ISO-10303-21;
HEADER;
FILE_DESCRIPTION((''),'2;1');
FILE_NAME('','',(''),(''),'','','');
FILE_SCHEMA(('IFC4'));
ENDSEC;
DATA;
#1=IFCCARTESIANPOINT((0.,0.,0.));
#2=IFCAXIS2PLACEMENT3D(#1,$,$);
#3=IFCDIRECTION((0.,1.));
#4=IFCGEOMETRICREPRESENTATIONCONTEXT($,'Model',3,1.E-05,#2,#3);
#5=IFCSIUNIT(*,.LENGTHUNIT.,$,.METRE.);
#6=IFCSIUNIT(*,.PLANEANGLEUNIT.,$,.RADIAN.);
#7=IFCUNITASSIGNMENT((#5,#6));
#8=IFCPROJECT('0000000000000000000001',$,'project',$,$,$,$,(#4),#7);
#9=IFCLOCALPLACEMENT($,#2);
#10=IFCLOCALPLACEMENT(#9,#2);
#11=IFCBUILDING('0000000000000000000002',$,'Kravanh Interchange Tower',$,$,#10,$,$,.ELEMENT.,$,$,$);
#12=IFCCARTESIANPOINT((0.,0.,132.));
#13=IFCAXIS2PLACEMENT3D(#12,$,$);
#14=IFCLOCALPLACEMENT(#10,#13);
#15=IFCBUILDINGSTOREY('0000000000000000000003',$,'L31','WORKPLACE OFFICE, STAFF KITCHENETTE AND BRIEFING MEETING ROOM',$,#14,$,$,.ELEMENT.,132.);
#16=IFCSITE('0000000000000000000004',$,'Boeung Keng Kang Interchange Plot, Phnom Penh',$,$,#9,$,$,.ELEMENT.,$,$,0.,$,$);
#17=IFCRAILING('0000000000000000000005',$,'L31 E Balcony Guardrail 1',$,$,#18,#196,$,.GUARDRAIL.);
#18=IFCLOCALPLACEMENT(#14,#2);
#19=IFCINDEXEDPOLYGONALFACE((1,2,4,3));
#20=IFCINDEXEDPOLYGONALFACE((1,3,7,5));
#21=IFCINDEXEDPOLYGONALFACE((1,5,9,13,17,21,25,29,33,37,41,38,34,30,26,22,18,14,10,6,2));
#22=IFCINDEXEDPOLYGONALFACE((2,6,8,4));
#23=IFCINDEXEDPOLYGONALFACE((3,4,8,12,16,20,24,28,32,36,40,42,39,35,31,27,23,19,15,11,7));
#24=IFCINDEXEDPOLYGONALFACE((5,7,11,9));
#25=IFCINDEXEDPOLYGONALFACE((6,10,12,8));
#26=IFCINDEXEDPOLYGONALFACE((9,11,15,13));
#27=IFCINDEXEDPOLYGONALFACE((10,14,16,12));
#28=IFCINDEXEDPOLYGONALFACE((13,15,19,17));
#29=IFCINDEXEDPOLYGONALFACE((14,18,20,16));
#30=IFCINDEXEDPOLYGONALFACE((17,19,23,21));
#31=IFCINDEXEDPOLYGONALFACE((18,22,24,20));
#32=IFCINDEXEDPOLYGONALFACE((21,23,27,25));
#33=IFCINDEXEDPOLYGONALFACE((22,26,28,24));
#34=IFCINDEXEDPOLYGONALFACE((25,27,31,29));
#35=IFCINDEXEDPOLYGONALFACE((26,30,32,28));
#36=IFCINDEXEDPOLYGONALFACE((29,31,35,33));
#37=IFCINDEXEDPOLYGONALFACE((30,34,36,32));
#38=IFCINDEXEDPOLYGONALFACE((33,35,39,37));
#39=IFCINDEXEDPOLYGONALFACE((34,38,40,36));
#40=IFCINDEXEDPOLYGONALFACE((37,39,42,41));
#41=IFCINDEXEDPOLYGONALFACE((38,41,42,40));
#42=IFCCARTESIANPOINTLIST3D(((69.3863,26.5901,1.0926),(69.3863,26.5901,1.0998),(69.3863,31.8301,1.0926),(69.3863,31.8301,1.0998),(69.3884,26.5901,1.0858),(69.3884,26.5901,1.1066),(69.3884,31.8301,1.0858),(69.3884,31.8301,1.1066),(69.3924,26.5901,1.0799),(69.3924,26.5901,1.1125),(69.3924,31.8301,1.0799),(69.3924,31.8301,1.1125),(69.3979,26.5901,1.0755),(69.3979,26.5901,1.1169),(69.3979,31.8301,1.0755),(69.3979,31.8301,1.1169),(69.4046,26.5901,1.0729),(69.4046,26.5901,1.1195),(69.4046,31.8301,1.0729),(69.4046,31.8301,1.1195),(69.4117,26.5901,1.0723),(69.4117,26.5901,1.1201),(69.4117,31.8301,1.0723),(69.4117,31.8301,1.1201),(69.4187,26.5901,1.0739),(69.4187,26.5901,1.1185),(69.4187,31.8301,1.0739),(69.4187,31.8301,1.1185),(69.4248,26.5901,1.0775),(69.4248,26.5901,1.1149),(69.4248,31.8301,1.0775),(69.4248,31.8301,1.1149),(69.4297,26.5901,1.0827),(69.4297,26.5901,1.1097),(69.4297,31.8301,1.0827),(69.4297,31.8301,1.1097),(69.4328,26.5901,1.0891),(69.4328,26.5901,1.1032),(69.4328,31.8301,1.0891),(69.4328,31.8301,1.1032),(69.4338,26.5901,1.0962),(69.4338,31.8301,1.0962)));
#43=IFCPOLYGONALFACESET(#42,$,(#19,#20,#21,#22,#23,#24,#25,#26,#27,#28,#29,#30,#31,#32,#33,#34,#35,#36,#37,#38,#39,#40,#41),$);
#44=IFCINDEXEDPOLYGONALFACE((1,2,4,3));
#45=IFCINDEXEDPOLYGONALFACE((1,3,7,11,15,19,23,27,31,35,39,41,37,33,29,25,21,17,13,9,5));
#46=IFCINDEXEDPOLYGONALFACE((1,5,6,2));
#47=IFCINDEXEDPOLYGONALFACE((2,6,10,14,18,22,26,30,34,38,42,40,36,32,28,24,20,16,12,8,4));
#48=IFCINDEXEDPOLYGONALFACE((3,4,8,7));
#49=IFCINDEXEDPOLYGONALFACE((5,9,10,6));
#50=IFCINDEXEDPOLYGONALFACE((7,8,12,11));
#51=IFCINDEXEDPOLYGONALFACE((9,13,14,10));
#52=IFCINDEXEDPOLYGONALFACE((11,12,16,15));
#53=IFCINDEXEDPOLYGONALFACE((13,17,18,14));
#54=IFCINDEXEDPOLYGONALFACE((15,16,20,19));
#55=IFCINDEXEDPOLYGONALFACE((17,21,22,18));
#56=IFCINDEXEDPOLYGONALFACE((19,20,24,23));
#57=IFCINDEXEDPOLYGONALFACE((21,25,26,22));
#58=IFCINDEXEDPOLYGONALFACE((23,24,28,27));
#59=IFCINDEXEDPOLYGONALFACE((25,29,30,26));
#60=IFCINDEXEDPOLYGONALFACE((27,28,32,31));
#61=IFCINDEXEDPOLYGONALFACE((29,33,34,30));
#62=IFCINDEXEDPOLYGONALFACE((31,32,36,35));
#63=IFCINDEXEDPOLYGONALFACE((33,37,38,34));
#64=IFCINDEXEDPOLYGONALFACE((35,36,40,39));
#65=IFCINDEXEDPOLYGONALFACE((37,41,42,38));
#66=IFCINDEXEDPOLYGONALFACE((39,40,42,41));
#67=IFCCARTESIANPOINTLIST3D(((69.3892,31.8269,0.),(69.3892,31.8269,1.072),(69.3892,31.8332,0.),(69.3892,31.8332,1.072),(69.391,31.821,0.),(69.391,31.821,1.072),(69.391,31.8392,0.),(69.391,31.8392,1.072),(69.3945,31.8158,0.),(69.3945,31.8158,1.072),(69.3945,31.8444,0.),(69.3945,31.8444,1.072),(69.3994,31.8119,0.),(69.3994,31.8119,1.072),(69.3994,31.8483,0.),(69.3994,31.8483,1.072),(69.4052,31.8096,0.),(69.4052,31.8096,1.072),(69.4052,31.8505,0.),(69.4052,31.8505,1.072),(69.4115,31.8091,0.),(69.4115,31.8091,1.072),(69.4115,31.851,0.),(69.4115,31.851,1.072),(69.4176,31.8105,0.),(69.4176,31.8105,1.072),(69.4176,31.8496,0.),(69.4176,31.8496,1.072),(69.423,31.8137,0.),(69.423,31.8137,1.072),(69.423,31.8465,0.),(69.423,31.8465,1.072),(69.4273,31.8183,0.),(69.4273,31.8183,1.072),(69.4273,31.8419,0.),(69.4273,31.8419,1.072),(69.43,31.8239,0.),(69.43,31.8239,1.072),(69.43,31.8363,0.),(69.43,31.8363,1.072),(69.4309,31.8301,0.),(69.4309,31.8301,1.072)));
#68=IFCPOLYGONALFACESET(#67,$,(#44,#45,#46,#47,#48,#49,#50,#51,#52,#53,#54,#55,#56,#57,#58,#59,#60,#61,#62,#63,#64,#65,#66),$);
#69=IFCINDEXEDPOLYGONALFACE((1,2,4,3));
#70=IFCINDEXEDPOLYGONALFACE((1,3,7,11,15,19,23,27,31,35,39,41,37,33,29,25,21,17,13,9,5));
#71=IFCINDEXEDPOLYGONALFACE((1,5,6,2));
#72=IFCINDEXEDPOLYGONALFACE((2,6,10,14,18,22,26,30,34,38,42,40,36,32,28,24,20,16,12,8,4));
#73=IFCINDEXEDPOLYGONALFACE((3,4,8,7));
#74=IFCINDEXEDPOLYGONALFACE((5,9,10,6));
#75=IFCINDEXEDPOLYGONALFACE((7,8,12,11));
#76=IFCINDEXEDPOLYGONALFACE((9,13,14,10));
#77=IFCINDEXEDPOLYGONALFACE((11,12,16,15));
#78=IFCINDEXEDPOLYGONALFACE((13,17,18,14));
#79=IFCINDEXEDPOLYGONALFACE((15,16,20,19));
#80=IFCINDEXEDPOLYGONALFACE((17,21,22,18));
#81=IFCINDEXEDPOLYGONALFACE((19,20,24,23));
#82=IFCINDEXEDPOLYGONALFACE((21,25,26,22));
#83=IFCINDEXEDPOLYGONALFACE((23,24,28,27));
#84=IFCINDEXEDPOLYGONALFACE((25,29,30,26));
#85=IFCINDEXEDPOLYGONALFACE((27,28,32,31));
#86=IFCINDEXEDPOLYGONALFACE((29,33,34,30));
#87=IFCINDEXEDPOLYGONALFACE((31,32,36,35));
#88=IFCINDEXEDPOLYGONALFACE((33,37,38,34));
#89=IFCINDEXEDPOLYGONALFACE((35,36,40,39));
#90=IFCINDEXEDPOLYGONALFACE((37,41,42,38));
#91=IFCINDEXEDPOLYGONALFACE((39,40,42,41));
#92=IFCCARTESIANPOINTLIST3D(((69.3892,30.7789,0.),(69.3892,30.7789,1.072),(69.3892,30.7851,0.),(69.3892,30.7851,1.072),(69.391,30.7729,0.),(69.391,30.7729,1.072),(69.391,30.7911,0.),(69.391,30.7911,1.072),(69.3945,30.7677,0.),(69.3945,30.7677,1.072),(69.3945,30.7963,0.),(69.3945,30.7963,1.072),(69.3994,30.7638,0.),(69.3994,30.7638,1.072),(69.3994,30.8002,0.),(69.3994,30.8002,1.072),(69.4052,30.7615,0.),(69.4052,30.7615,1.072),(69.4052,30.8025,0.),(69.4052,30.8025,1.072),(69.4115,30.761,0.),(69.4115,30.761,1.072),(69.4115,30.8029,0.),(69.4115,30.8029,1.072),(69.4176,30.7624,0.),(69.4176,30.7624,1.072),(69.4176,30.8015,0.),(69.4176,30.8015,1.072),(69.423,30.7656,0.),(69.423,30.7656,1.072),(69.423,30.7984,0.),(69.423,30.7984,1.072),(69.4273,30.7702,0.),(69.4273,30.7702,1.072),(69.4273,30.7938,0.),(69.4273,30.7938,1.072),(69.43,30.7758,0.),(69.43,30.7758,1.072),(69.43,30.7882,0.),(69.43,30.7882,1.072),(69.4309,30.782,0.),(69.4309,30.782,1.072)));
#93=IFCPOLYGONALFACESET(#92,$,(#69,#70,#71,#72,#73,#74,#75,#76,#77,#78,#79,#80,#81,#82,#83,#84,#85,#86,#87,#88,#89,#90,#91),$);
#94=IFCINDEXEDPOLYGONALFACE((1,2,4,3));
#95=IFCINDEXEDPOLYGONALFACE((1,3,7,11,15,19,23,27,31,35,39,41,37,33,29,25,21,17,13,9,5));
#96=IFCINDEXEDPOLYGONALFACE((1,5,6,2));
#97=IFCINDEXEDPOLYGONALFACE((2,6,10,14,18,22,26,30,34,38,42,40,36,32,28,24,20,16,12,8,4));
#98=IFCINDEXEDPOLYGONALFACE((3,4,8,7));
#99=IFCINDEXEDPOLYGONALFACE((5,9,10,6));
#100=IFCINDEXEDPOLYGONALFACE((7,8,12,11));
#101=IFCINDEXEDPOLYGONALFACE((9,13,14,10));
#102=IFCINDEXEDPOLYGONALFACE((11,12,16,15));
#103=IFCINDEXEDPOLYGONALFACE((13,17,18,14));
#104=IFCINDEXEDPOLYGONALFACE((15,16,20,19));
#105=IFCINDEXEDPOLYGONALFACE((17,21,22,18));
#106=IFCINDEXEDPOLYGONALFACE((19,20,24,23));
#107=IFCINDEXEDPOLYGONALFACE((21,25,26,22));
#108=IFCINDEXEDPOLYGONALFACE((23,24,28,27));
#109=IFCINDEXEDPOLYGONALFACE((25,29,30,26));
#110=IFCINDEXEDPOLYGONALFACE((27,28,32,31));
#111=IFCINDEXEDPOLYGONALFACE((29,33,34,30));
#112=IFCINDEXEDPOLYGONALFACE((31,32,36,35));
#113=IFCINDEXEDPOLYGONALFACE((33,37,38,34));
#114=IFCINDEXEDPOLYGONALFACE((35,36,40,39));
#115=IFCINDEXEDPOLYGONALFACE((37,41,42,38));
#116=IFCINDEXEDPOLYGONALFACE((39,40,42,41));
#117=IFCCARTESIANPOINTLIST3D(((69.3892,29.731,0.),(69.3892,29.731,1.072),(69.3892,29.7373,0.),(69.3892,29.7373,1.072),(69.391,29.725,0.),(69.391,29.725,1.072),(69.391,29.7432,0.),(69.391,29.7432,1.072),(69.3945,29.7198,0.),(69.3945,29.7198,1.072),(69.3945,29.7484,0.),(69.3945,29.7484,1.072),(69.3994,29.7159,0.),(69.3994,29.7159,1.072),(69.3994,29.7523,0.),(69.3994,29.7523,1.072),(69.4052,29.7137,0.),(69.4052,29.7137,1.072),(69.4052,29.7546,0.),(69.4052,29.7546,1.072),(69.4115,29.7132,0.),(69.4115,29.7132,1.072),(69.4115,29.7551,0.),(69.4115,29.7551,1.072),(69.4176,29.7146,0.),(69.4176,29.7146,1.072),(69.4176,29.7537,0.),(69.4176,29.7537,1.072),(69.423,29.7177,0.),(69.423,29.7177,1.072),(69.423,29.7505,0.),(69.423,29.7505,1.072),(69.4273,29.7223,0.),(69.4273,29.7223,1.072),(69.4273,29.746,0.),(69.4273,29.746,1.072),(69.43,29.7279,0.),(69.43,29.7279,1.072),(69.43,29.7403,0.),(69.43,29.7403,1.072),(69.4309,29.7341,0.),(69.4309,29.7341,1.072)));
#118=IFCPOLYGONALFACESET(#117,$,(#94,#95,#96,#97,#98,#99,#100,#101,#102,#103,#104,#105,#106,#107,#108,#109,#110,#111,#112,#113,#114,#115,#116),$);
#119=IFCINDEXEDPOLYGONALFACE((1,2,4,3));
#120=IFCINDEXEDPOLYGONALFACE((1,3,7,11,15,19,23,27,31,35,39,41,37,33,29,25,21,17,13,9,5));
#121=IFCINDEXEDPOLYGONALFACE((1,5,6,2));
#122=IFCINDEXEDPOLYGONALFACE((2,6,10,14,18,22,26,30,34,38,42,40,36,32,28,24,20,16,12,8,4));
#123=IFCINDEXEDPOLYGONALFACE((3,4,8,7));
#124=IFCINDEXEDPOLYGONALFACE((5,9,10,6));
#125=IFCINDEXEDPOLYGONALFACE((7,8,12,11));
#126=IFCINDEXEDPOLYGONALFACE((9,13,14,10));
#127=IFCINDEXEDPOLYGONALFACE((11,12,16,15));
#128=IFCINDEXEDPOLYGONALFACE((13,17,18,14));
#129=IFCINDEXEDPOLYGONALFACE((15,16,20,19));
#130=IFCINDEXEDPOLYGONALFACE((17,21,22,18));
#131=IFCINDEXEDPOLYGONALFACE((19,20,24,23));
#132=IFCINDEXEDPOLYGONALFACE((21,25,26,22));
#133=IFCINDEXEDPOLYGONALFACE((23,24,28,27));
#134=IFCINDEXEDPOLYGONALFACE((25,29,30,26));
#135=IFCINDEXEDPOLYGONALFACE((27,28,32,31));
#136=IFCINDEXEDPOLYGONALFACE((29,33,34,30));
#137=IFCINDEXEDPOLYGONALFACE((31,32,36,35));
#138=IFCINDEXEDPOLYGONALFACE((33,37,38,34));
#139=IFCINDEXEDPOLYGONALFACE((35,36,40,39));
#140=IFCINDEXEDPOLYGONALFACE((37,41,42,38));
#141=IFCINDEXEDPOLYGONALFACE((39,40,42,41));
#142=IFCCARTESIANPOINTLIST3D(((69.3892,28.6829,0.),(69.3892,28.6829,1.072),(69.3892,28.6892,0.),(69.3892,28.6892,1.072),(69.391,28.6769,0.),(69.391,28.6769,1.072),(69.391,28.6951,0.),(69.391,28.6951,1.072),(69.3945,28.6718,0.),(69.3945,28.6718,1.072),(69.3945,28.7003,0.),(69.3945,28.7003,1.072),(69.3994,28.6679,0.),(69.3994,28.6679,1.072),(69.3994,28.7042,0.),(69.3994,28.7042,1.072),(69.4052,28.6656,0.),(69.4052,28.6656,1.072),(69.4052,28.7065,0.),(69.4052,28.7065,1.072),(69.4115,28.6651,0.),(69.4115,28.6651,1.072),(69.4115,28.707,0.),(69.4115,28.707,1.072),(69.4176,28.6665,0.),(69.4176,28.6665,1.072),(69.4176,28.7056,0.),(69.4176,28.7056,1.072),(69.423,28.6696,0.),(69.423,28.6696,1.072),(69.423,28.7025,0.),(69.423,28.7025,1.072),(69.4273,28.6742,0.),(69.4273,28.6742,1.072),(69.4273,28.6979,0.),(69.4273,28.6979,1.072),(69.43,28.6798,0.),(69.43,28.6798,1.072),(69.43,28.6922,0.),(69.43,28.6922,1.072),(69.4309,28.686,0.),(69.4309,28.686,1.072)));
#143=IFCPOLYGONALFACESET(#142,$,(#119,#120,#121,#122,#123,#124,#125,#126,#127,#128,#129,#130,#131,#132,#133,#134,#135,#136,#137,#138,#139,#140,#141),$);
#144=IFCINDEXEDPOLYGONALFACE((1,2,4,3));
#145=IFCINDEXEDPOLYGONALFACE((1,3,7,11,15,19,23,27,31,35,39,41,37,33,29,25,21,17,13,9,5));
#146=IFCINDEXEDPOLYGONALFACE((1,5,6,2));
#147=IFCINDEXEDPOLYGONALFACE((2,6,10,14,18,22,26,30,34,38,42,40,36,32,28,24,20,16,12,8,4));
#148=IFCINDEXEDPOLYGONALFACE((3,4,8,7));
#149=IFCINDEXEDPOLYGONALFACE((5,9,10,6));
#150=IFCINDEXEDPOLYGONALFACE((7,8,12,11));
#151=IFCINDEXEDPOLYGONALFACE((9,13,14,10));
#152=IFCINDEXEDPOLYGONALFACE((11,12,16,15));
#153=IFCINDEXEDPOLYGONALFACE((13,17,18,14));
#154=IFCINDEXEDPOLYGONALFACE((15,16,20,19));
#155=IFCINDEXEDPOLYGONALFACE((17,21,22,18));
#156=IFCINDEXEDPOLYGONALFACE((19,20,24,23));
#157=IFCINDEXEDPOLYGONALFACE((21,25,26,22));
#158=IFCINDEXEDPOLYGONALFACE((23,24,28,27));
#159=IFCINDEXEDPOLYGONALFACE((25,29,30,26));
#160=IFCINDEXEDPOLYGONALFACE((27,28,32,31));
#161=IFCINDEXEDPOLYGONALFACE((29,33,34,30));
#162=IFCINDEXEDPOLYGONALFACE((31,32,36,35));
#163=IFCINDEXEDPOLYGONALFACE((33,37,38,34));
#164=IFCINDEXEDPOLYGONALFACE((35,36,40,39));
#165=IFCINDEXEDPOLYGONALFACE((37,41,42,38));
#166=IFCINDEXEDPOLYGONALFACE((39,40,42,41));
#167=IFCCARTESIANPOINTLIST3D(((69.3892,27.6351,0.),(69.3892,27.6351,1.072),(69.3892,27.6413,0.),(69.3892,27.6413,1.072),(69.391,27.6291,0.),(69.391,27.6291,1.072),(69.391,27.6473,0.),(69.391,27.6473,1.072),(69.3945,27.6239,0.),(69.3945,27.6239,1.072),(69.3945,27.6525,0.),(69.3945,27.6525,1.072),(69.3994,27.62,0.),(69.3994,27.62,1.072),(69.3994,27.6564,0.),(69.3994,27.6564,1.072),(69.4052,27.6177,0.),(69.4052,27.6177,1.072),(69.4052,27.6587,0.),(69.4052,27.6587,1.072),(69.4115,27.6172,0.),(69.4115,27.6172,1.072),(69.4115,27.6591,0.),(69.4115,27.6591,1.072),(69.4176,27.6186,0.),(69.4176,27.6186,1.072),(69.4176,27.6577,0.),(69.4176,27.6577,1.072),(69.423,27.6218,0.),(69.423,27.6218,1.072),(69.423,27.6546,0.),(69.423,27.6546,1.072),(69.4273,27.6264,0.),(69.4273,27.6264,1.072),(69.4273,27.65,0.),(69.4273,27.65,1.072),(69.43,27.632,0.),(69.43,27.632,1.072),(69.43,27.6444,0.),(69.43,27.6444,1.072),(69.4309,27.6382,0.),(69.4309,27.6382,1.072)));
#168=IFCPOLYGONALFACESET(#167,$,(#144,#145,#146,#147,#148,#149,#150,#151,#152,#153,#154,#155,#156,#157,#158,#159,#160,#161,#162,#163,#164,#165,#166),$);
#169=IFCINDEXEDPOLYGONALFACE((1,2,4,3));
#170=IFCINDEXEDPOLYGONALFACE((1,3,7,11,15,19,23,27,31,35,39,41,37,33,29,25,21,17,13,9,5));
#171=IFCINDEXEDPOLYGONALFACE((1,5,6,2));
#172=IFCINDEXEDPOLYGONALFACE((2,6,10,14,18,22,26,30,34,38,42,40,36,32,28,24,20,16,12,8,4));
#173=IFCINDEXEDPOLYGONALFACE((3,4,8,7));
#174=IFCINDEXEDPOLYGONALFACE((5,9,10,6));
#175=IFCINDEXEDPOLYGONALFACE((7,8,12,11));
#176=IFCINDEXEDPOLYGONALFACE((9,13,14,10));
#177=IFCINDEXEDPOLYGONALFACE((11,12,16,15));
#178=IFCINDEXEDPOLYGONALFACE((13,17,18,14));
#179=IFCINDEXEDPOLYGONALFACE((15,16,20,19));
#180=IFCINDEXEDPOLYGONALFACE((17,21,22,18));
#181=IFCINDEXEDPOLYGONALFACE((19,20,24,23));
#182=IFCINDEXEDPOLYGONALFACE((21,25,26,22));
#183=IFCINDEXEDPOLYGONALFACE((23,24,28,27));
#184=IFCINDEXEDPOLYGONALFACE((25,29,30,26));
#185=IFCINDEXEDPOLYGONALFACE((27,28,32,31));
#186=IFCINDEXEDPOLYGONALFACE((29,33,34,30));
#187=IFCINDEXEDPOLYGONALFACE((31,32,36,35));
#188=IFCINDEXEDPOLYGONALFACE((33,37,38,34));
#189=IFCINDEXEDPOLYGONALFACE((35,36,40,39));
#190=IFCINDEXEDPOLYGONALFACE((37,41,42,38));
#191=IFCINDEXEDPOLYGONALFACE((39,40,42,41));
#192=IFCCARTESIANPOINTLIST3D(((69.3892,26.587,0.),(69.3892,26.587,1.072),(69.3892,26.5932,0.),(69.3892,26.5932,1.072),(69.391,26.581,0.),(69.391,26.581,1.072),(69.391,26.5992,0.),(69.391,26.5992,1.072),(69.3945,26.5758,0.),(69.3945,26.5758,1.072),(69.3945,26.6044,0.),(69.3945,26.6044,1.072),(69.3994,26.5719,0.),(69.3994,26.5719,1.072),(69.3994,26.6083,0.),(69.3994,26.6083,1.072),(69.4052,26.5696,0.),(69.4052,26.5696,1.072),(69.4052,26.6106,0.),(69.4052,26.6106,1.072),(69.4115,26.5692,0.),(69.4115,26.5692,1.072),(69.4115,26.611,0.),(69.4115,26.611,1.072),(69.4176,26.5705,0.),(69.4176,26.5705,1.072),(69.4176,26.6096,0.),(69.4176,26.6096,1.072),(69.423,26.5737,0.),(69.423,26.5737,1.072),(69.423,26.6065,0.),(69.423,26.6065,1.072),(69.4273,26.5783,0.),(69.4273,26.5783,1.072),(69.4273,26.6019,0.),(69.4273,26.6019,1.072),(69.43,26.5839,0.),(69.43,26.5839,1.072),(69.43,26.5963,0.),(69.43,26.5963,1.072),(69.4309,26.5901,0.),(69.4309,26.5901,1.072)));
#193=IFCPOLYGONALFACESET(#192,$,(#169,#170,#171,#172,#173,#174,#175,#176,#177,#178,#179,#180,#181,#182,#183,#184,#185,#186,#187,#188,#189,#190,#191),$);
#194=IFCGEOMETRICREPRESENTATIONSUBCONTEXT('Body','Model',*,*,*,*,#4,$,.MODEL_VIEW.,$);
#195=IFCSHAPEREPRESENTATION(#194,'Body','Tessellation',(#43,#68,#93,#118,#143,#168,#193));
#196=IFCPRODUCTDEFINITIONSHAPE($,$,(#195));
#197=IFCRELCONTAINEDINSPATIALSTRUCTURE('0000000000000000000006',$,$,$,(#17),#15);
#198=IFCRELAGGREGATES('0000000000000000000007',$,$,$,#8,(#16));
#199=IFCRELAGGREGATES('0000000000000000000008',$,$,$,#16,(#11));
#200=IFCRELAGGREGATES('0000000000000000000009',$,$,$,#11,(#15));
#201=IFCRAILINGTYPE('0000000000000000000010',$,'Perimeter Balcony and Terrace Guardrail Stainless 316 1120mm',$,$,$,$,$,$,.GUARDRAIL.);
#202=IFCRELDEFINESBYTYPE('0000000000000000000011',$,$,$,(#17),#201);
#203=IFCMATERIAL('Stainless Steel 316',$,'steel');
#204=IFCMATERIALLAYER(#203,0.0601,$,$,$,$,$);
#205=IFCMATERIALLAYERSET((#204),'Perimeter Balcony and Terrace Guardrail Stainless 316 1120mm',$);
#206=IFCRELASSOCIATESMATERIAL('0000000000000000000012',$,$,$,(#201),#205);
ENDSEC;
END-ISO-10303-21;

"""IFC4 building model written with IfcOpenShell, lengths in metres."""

from ifc_helpers import new_model, si_unit, direction, frame, origin, origin_2d, place, context, subcontext, project, spatial, circle, extrude, material, layer, layer_set, type_object, element, save


model = new_model("IFC4")

# Units and contexts
model_context = context("Model", 3, precision=1e-05, world=origin(), true_north=direction((0.0, 1.0)))
body_context = subcontext(model_context, "Body", "Model", "MODEL_VIEW")
ifc_project = project(units=[si_unit("LENGTHUNIT", "METRE"), si_unit("PLANEANGLEUNIT", "RADIAN")], contexts=[model_context])

# Site, building, storey
site_placement = place(None, origin())
site = spatial("IfcSite", under=ifc_project, at=site_placement, Name="Boeung Keng Kang Interchange Plot, Phnom Penh", CompositionType="ELEMENT", RefElevation=0.0)
building_placement = place(site_placement, origin())
building = spatial("IfcBuilding", under=site, at=building_placement, Name="Kravanh Interchange Tower", CompositionType="ELEMENT")
storey_placement = place(building_placement, frame((0.0, 0.0, 132.0)))
storey = spatial("IfcBuildingStorey", under=building, at=storey_placement, Name="L31", Description="WORKPLACE OFFICE, STAFF KITCHENETTE AND BRIEFING MEETING ROOM", CompositionType="ELEMENT", Elevation=132.0)

# Railing
ifc_material_1 = material(Name="Stainless Steel 316", Category="steel")
ifc_layer_1 = layer(ifc_material_1, 0.0601)
ifc_layer_set_1 = layer_set([ifc_layer_1], Name="Perimeter Balcony and Terrace Guardrail Stainless 316 1120mm")
railing_type = type_object("IfcRailingType", Name="Perimeter Balcony and Terrace Guardrail Stainless 316 1120mm", PredefinedType="GUARDRAIL", material=ifc_layer_set_1)
railing_1_placement = place(storey_placement, frame((69.4099, 31.8301, 0.0)))
element("IfcRailing", 1, at=railing_1_placement, inside=storey, type_object=railing_type, Name="L31 E Balcony Guardrail 1", PredefinedType="GUARDRAIL", context=body_context, shape_type="SweptSolid", body=[
    extrude(circle(Radius=0.0239, at=origin_2d()), frame((0.0, 0.0, 1.0962), z_axis=(0.0, -1.0, 0.0), x_axis=(1.0, 0.0, 0.0)), (0.0, 0.0, 1.0), 5.24),
    extrude(circle(Radius=0.021, at=origin_2d()), origin(), (0.0, 0.0, 1.0), 1.072),
    extrude(circle(Radius=0.021, at=origin_2d()), frame((0.0, -1.0481, 0.0)), (0.0, 0.0, 1.0), 1.072),
    extrude(circle(Radius=0.021, at=origin_2d()), frame((0.0, -2.0959, 0.0)), (0.0, 0.0, 1.0), 1.072),
    extrude(circle(Radius=0.021, at=origin_2d()), frame((0.0, -3.144, 0.0)), (0.0, 0.0, 1.0), 1.072),
    extrude(circle(Radius=0.021, at=origin_2d()), frame((0.0, -4.1919, 0.0)), (0.0, 0.0, 1.0), 1.072),
    extrude(circle(Radius=0.021, at=origin_2d()), frame((0.0, -5.24, 0.0)), (0.0, 0.0, 1.0), 1.072),
])

save(model, "model.ifc")
